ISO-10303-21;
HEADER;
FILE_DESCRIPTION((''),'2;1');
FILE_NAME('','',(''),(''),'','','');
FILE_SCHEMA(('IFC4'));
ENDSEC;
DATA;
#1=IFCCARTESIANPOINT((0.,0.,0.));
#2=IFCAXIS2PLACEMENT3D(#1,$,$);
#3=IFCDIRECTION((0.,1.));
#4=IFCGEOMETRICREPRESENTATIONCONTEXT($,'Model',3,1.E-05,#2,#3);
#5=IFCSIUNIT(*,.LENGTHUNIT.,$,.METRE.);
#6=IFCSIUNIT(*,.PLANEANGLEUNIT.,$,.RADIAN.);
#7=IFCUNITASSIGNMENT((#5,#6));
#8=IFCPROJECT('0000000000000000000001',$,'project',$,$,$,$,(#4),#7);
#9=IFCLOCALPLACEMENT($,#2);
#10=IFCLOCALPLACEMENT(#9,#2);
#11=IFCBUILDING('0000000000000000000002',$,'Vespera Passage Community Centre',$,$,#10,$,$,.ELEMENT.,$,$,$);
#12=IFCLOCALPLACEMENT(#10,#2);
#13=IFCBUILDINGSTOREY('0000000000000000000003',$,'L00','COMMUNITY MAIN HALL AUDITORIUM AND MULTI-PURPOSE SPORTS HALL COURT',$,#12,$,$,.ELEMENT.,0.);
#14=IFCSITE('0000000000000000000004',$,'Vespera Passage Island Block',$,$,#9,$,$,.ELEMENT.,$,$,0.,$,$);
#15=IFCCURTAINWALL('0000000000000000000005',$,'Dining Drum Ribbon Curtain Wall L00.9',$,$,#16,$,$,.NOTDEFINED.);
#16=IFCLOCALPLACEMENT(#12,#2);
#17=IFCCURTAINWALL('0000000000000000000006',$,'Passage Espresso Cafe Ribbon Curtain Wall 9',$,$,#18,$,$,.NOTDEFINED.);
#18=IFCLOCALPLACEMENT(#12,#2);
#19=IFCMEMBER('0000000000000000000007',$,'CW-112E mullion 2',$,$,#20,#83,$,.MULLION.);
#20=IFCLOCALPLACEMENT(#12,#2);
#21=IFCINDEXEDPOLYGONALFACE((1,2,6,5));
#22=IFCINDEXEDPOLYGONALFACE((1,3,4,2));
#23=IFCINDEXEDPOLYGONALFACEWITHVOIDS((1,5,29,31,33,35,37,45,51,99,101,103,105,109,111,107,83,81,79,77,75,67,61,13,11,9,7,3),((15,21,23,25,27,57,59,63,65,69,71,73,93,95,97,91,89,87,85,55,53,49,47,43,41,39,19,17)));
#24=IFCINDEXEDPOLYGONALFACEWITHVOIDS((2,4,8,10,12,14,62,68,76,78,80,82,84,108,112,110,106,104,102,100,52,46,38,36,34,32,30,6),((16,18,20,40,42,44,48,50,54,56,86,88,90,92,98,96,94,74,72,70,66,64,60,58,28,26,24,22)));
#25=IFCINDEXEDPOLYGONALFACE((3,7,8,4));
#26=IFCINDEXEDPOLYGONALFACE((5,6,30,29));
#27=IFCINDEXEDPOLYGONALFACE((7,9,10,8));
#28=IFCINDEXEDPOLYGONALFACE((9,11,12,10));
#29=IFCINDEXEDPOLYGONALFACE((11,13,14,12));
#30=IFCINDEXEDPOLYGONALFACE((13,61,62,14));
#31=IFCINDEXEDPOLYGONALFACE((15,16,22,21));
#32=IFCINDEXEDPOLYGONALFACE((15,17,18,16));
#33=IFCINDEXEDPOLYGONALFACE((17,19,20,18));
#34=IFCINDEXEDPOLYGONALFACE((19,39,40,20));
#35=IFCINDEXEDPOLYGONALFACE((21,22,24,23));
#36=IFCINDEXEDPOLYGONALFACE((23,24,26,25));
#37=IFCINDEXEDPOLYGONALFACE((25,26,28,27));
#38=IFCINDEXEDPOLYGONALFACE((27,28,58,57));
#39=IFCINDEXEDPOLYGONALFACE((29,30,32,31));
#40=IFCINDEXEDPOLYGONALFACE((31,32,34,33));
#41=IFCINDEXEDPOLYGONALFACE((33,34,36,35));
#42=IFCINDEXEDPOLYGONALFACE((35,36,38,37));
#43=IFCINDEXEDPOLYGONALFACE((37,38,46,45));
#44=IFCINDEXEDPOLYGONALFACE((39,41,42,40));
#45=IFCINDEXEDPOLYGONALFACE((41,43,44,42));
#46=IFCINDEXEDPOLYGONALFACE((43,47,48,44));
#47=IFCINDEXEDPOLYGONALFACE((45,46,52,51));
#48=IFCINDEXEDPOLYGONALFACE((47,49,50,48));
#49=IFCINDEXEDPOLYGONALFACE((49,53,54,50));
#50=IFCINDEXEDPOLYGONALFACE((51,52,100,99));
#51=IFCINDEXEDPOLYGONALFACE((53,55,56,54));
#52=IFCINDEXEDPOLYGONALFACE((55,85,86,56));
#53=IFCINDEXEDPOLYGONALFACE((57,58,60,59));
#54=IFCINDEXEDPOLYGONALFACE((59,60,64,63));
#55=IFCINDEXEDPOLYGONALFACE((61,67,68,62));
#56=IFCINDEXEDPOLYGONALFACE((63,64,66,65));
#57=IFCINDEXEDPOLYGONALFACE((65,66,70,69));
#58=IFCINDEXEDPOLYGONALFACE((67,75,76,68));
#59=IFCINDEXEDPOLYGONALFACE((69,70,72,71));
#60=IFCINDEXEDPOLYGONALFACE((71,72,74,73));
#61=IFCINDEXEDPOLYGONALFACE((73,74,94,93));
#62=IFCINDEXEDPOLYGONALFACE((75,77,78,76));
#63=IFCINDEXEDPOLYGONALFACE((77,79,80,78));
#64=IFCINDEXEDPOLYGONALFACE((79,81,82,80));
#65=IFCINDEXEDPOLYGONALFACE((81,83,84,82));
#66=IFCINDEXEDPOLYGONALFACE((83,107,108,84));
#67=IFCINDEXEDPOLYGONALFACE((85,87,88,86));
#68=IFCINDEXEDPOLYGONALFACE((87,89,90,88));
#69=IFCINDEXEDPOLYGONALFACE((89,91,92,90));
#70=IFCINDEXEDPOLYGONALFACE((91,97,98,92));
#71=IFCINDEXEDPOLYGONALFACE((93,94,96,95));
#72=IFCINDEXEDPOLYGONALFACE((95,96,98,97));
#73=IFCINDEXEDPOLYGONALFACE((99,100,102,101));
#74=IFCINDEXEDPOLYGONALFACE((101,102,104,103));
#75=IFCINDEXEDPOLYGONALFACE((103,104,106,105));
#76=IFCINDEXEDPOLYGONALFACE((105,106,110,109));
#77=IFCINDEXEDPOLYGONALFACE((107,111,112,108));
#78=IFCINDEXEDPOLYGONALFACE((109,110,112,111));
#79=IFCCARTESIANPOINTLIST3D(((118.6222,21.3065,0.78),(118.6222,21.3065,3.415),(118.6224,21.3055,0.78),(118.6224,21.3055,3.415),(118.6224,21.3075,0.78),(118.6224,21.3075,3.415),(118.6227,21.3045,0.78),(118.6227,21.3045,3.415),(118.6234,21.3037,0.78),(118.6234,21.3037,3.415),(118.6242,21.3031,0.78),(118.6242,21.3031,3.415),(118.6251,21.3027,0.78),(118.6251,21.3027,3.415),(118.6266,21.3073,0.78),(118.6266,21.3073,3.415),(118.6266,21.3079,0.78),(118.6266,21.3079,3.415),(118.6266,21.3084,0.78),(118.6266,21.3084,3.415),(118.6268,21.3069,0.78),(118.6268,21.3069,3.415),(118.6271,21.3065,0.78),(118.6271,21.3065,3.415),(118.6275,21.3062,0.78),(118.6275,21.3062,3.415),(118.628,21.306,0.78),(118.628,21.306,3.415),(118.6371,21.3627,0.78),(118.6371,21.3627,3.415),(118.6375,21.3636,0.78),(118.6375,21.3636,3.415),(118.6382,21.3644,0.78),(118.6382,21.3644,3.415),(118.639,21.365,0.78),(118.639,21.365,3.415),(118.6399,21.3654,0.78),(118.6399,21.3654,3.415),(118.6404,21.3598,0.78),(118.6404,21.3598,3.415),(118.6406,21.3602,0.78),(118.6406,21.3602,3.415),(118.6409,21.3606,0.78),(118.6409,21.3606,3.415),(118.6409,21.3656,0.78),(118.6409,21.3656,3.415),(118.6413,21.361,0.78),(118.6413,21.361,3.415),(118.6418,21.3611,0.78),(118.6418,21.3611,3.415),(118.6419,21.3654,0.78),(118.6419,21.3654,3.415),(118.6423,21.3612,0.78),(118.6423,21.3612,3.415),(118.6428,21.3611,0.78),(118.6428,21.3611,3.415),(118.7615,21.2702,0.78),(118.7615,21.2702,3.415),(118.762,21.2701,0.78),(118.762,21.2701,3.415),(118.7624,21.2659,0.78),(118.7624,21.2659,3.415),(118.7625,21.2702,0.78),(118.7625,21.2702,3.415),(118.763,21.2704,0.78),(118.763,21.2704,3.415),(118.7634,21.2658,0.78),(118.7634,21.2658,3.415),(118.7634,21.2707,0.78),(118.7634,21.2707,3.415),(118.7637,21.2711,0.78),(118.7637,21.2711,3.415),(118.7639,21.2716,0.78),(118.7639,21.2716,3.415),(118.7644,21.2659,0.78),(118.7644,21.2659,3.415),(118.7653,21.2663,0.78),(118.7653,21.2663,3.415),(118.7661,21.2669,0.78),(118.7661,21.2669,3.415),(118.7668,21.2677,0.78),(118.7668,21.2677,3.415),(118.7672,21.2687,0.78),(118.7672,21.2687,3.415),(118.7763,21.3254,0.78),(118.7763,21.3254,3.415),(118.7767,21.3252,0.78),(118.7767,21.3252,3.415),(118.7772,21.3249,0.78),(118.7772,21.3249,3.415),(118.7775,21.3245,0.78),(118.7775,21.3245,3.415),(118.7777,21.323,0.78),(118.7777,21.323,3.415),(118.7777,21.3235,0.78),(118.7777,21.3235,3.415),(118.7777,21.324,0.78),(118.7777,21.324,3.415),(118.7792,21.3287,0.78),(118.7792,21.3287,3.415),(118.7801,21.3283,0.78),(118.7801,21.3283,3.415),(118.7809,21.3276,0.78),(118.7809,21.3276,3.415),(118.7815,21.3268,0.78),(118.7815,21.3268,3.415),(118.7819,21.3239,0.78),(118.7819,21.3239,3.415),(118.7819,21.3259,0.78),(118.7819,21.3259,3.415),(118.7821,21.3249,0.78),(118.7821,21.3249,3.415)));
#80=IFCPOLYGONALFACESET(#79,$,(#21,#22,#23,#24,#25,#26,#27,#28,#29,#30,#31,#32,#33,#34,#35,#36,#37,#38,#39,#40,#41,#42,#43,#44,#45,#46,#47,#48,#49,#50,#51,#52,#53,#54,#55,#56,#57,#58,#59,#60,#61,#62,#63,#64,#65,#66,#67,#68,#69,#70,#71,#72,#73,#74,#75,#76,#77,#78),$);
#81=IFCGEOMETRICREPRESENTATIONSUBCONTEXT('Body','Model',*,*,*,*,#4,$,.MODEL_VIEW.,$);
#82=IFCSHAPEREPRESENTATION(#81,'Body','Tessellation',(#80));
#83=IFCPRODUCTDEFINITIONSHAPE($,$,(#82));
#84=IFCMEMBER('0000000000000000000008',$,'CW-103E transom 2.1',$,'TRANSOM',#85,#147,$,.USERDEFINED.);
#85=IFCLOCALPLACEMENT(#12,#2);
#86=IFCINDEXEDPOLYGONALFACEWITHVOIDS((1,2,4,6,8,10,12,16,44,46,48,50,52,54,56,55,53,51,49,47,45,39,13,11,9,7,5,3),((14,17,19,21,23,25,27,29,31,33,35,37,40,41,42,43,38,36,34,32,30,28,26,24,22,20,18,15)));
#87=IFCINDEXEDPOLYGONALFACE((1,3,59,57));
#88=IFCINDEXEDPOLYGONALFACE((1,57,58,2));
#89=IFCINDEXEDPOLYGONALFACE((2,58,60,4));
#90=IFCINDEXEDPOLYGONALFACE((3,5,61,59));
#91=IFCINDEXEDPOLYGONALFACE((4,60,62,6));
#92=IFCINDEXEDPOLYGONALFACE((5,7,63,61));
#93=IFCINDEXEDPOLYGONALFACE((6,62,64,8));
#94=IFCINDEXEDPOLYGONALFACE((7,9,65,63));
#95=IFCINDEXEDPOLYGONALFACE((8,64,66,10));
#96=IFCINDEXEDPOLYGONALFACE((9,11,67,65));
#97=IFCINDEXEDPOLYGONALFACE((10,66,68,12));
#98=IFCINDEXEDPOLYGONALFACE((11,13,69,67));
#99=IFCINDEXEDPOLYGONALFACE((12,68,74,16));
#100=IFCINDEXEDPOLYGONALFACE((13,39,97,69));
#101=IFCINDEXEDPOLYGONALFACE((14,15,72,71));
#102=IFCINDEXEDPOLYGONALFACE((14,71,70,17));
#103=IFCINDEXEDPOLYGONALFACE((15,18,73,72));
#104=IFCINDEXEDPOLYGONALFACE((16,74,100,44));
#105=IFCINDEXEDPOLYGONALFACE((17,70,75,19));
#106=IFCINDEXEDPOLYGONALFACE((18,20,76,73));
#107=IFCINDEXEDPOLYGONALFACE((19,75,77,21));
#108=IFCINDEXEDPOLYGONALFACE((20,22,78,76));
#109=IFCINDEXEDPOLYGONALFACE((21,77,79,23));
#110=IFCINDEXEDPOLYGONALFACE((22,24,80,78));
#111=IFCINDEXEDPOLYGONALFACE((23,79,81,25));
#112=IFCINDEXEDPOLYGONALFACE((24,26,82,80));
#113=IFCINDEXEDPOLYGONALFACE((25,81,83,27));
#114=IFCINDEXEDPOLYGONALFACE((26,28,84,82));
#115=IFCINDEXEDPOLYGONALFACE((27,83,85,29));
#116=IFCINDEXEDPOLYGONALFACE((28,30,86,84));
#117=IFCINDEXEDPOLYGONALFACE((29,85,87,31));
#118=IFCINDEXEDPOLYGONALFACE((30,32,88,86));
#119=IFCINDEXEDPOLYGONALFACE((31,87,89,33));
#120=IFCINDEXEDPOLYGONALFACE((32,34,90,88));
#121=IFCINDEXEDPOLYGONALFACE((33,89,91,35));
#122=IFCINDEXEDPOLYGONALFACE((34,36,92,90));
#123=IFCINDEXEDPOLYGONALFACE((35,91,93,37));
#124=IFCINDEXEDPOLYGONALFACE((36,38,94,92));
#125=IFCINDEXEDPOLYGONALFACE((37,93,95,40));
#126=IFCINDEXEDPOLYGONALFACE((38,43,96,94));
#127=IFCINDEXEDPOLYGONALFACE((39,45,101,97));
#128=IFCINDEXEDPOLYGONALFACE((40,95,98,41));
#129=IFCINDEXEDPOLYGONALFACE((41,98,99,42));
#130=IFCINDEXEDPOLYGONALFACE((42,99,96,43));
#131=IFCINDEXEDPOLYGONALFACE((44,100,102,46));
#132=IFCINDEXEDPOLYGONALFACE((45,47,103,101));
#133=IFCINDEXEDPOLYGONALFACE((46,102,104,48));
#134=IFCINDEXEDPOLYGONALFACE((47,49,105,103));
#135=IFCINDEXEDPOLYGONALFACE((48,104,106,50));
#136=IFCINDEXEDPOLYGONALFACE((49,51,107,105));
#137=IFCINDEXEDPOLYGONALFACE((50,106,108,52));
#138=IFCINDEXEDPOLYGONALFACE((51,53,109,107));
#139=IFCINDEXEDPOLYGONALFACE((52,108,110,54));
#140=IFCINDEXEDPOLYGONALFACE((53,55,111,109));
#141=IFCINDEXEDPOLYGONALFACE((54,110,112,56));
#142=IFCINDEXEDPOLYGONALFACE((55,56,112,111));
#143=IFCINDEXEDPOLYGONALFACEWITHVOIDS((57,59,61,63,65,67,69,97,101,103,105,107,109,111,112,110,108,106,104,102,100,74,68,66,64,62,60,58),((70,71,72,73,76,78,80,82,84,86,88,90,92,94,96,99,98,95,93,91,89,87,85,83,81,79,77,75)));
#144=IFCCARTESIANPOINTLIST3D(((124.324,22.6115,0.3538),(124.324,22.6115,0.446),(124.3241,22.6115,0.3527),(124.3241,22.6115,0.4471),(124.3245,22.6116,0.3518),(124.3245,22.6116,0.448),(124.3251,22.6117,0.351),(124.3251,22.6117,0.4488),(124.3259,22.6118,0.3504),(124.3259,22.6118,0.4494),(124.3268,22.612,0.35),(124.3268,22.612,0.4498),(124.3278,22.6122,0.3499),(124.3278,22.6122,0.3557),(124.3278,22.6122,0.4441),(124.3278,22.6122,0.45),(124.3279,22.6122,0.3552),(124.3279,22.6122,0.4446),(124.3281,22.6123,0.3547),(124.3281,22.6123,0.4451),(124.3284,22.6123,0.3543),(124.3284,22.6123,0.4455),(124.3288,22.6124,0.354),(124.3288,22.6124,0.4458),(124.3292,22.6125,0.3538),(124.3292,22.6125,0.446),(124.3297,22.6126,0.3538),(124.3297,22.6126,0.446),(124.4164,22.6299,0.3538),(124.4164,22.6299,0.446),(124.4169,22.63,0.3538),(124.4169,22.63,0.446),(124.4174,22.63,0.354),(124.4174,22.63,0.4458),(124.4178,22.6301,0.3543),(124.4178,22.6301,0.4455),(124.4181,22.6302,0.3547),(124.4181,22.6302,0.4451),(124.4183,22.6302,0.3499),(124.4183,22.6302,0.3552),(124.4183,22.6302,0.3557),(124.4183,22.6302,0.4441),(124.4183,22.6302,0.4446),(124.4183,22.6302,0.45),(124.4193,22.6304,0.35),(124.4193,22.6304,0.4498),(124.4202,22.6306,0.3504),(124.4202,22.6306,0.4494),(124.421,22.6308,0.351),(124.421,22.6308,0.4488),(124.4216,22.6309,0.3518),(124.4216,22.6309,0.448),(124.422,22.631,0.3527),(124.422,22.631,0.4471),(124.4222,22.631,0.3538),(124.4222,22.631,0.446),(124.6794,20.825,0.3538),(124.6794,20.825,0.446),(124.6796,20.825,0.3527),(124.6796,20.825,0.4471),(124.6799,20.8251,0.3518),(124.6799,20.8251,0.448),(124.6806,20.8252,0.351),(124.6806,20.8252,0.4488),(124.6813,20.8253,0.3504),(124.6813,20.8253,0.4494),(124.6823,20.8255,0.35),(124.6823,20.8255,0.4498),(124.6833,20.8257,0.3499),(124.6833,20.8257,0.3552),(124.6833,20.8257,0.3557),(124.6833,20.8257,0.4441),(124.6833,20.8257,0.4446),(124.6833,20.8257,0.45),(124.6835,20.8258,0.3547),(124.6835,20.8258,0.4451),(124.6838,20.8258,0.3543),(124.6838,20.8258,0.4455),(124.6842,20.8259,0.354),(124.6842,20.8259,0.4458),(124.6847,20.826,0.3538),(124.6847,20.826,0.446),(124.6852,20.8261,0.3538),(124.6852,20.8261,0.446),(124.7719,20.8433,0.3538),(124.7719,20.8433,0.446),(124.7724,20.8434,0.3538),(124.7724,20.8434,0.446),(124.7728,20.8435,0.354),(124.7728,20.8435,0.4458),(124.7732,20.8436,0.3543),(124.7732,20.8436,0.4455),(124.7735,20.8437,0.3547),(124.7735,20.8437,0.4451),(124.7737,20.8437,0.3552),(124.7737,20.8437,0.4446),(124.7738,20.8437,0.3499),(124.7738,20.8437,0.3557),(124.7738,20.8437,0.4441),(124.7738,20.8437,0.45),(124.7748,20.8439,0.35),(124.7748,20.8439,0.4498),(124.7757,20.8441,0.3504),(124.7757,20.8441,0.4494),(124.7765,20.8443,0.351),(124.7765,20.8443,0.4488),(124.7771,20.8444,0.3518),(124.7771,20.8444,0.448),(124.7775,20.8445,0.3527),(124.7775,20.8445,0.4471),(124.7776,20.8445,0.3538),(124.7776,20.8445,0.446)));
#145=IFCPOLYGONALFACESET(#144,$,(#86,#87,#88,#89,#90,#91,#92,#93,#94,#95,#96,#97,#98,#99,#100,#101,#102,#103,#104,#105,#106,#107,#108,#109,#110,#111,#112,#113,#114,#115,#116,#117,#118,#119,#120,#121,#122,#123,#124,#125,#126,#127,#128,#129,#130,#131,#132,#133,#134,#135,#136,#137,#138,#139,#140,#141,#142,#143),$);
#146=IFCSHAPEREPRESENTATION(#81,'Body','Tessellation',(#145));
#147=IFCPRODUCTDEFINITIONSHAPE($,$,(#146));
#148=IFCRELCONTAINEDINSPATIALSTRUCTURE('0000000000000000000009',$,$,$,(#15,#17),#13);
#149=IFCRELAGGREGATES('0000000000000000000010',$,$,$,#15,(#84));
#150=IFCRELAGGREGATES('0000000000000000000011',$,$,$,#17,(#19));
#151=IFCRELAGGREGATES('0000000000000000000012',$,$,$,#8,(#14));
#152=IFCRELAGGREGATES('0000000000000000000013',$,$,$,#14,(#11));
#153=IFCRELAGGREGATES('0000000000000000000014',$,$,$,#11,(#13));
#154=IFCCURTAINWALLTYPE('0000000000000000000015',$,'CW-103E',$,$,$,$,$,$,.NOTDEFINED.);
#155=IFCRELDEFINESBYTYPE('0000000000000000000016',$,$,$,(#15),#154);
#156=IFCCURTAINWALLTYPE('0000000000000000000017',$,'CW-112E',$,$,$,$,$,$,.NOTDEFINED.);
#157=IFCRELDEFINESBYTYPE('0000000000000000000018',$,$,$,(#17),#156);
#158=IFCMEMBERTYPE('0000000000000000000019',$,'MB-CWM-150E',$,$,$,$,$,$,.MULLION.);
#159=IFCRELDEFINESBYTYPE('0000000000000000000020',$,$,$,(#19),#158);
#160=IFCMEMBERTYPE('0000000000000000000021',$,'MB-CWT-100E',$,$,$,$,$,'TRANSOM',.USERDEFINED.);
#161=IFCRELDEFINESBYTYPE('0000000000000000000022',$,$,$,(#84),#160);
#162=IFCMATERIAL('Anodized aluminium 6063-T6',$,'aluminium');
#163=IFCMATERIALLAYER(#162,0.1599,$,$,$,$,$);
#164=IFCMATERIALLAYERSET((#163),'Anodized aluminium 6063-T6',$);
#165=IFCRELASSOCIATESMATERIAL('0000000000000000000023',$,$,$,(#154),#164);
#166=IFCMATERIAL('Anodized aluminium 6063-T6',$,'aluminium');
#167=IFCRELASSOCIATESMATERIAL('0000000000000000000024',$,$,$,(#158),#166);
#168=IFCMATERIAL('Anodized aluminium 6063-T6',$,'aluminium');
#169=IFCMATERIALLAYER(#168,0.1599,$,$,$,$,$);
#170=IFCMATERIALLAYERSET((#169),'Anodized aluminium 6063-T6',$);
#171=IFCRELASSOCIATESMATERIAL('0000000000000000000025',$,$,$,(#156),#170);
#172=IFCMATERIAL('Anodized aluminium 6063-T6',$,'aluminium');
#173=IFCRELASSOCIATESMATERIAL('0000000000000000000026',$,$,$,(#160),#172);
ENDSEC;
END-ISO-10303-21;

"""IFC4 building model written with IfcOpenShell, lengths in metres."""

from ifc_helpers import new_model, si_unit, direction, frame, origin, origin_2d, place, context, subcontext, project, spatial, hollow_rectangle, extrude, material, layer, layer_set, material_profile, profile_set, type_object, element, aggregate, save


model = new_model("IFC4")

# Units and contexts
model_context = context("Model", 3, precision=1e-05, world=origin(), true_north=direction((0.0, 1.0)))
body_context = subcontext(model_context, "Body", "Model", "MODEL_VIEW")
ifc_project = project(units=[si_unit("LENGTHUNIT", "METRE"), si_unit("PLANEANGLEUNIT", "RADIAN")], contexts=[model_context])

# Site, building, storey
site_placement = place(None, origin())
site = spatial("IfcSite", under=ifc_project, at=site_placement, Name="Vespera Passage Island Block", CompositionType="ELEMENT", RefElevation=0.0)
building_placement = place(site_placement, origin())
building = spatial("IfcBuilding", under=site, at=building_placement, Name="Vespera Passage Community Centre", CompositionType="ELEMENT")
storey_placement = place(building_placement, origin())
storey = spatial("IfcBuildingStorey", under=building, at=storey_placement, Name="L00", Description="COMMUNITY MAIN HALL AUDITORIUM AND MULTI-PURPOSE SPORTS HALL COURT", CompositionType="ELEMENT", Elevation=0.0)

# Curtain wall
ifc_material_1 = material(Name="Anodized aluminium 6063-T6", Category="aluminium")
ifc_layer_1 = layer(ifc_material_1, 0.1599)
ifc_layer_set_1 = layer_set([ifc_layer_1], Name="Anodized aluminium 6063-T6")
curtain_wall_type_1 = type_object("IfcCurtainWallType", Name="CW-103E", PredefinedType="NOTDEFINED", material=ifc_layer_set_1)
curtain_wall_1_placement = place(storey_placement, origin())
curtain_wall_1 = element("IfcCurtainWall", 1, at=curtain_wall_1_placement, inside=storey, type_object=curtain_wall_type_1, Name="Dining Drum Ribbon Curtain Wall L00.9", PredefinedType="NOTDEFINED")
ifc_material_2 = material(Name="Anodized aluminium 6063-T6", Category="aluminium")
ifc_material_profile_1 = material_profile(ifc_material_2, hollow_rectangle(XDim=0.0649, YDim=0.1499, WallThickness=0.0039, InnerFilletRadius=0.002, OuterFilletRadius=0.0039, at=origin_2d()), Name="ALU150X65X4")
ifc_profile_set_1 = profile_set([ifc_material_profile_1], Name="Anodized aluminium 6063-T6")
member_type_1 = type_object("IfcMemberType", Name="MB-CWM-150E", PredefinedType="MULLION", material=ifc_profile_set_1)

# Curtain wall, member
ifc_material_3 = material(Name="Anodized aluminium 6063-T6", Category="aluminium")
ifc_layer_2 = layer(ifc_material_3, 0.1599)
ifc_layer_set_2 = layer_set([ifc_layer_2], Name="Anodized aluminium 6063-T6")
curtain_wall_type_2 = type_object("IfcCurtainWallType", Name="CW-112E", PredefinedType="NOTDEFINED", material=ifc_layer_set_2)
curtain_wall_2_placement = place(storey_placement, origin())
curtain_wall_2 = element("IfcCurtainWall", 2, at=curtain_wall_2_placement, inside=storey, type_object=curtain_wall_type_2, Name="Passage Espresso Cafe Ribbon Curtain Wall 9", PredefinedType="NOTDEFINED")
member_1_placement = place(storey_placement, frame((118.7021, 21.3157, 0.78), z_axis=(0.0, 0.0, 1.0), x_axis=(-0.258807, -0.965929, 0.0)))
member_1 = element("IfcMember", 3, at=member_1_placement, type_object=member_type_1, Name="CW-112E mullion 2", PredefinedType="MULLION", context=body_context, shape_type="SweptSolid", body=[
    extrude(hollow_rectangle(XDim=0.0649, YDim=0.1499, WallThickness=0.0039, InnerFilletRadius=0.002, OuterFilletRadius=0.0039, at=origin_2d()), origin(), (0.0, 0.0, 1.0), 2.635),
])

# Member
ifc_material_4 = material(Name="Anodized aluminium 6063-T6", Category="aluminium")
ifc_material_profile_2 = material_profile(ifc_material_4, hollow_rectangle(XDim=0.1001, YDim=0.1001, WallThickness=0.0039, InnerFilletRadius=0.002, OuterFilletRadius=0.0039, at=origin_2d()), Name="ALU100X100X4")
ifc_profile_set_2 = profile_set([ifc_material_profile_2], Name="Anodized aluminium 6063-T6")
member_type_2 = type_object("IfcMemberType", Name="MB-CWT-100E", ElementType="TRANSOM", PredefinedType="USERDEFINED", material=ifc_profile_set_2)
member_2_placement = place(storey_placement, frame((124.7285, 20.8347, 0.3999), z_axis=(-0.195137, 0.980776, 0.0), x_axis=(-0.980776, -0.195137, 0.0)))
member_2 = element("IfcMember", 4, at=member_2_placement, type_object=member_type_2, Name="CW-103E transom 2.1", ObjectType="TRANSOM", PredefinedType="USERDEFINED", context=body_context, shape_type="SweptSolid", body=[
    extrude(hollow_rectangle(XDim=0.1001, YDim=0.1001, WallThickness=0.0039, InnerFilletRadius=0.002, OuterFilletRadius=0.0039, at=origin_2d()), origin(), (0.0, 0.0, 1.0), 1.8215),
])

aggregate(curtain_wall_1, [member_2])
aggregate(curtain_wall_2, [member_1])

save(model, "model.ifc")
